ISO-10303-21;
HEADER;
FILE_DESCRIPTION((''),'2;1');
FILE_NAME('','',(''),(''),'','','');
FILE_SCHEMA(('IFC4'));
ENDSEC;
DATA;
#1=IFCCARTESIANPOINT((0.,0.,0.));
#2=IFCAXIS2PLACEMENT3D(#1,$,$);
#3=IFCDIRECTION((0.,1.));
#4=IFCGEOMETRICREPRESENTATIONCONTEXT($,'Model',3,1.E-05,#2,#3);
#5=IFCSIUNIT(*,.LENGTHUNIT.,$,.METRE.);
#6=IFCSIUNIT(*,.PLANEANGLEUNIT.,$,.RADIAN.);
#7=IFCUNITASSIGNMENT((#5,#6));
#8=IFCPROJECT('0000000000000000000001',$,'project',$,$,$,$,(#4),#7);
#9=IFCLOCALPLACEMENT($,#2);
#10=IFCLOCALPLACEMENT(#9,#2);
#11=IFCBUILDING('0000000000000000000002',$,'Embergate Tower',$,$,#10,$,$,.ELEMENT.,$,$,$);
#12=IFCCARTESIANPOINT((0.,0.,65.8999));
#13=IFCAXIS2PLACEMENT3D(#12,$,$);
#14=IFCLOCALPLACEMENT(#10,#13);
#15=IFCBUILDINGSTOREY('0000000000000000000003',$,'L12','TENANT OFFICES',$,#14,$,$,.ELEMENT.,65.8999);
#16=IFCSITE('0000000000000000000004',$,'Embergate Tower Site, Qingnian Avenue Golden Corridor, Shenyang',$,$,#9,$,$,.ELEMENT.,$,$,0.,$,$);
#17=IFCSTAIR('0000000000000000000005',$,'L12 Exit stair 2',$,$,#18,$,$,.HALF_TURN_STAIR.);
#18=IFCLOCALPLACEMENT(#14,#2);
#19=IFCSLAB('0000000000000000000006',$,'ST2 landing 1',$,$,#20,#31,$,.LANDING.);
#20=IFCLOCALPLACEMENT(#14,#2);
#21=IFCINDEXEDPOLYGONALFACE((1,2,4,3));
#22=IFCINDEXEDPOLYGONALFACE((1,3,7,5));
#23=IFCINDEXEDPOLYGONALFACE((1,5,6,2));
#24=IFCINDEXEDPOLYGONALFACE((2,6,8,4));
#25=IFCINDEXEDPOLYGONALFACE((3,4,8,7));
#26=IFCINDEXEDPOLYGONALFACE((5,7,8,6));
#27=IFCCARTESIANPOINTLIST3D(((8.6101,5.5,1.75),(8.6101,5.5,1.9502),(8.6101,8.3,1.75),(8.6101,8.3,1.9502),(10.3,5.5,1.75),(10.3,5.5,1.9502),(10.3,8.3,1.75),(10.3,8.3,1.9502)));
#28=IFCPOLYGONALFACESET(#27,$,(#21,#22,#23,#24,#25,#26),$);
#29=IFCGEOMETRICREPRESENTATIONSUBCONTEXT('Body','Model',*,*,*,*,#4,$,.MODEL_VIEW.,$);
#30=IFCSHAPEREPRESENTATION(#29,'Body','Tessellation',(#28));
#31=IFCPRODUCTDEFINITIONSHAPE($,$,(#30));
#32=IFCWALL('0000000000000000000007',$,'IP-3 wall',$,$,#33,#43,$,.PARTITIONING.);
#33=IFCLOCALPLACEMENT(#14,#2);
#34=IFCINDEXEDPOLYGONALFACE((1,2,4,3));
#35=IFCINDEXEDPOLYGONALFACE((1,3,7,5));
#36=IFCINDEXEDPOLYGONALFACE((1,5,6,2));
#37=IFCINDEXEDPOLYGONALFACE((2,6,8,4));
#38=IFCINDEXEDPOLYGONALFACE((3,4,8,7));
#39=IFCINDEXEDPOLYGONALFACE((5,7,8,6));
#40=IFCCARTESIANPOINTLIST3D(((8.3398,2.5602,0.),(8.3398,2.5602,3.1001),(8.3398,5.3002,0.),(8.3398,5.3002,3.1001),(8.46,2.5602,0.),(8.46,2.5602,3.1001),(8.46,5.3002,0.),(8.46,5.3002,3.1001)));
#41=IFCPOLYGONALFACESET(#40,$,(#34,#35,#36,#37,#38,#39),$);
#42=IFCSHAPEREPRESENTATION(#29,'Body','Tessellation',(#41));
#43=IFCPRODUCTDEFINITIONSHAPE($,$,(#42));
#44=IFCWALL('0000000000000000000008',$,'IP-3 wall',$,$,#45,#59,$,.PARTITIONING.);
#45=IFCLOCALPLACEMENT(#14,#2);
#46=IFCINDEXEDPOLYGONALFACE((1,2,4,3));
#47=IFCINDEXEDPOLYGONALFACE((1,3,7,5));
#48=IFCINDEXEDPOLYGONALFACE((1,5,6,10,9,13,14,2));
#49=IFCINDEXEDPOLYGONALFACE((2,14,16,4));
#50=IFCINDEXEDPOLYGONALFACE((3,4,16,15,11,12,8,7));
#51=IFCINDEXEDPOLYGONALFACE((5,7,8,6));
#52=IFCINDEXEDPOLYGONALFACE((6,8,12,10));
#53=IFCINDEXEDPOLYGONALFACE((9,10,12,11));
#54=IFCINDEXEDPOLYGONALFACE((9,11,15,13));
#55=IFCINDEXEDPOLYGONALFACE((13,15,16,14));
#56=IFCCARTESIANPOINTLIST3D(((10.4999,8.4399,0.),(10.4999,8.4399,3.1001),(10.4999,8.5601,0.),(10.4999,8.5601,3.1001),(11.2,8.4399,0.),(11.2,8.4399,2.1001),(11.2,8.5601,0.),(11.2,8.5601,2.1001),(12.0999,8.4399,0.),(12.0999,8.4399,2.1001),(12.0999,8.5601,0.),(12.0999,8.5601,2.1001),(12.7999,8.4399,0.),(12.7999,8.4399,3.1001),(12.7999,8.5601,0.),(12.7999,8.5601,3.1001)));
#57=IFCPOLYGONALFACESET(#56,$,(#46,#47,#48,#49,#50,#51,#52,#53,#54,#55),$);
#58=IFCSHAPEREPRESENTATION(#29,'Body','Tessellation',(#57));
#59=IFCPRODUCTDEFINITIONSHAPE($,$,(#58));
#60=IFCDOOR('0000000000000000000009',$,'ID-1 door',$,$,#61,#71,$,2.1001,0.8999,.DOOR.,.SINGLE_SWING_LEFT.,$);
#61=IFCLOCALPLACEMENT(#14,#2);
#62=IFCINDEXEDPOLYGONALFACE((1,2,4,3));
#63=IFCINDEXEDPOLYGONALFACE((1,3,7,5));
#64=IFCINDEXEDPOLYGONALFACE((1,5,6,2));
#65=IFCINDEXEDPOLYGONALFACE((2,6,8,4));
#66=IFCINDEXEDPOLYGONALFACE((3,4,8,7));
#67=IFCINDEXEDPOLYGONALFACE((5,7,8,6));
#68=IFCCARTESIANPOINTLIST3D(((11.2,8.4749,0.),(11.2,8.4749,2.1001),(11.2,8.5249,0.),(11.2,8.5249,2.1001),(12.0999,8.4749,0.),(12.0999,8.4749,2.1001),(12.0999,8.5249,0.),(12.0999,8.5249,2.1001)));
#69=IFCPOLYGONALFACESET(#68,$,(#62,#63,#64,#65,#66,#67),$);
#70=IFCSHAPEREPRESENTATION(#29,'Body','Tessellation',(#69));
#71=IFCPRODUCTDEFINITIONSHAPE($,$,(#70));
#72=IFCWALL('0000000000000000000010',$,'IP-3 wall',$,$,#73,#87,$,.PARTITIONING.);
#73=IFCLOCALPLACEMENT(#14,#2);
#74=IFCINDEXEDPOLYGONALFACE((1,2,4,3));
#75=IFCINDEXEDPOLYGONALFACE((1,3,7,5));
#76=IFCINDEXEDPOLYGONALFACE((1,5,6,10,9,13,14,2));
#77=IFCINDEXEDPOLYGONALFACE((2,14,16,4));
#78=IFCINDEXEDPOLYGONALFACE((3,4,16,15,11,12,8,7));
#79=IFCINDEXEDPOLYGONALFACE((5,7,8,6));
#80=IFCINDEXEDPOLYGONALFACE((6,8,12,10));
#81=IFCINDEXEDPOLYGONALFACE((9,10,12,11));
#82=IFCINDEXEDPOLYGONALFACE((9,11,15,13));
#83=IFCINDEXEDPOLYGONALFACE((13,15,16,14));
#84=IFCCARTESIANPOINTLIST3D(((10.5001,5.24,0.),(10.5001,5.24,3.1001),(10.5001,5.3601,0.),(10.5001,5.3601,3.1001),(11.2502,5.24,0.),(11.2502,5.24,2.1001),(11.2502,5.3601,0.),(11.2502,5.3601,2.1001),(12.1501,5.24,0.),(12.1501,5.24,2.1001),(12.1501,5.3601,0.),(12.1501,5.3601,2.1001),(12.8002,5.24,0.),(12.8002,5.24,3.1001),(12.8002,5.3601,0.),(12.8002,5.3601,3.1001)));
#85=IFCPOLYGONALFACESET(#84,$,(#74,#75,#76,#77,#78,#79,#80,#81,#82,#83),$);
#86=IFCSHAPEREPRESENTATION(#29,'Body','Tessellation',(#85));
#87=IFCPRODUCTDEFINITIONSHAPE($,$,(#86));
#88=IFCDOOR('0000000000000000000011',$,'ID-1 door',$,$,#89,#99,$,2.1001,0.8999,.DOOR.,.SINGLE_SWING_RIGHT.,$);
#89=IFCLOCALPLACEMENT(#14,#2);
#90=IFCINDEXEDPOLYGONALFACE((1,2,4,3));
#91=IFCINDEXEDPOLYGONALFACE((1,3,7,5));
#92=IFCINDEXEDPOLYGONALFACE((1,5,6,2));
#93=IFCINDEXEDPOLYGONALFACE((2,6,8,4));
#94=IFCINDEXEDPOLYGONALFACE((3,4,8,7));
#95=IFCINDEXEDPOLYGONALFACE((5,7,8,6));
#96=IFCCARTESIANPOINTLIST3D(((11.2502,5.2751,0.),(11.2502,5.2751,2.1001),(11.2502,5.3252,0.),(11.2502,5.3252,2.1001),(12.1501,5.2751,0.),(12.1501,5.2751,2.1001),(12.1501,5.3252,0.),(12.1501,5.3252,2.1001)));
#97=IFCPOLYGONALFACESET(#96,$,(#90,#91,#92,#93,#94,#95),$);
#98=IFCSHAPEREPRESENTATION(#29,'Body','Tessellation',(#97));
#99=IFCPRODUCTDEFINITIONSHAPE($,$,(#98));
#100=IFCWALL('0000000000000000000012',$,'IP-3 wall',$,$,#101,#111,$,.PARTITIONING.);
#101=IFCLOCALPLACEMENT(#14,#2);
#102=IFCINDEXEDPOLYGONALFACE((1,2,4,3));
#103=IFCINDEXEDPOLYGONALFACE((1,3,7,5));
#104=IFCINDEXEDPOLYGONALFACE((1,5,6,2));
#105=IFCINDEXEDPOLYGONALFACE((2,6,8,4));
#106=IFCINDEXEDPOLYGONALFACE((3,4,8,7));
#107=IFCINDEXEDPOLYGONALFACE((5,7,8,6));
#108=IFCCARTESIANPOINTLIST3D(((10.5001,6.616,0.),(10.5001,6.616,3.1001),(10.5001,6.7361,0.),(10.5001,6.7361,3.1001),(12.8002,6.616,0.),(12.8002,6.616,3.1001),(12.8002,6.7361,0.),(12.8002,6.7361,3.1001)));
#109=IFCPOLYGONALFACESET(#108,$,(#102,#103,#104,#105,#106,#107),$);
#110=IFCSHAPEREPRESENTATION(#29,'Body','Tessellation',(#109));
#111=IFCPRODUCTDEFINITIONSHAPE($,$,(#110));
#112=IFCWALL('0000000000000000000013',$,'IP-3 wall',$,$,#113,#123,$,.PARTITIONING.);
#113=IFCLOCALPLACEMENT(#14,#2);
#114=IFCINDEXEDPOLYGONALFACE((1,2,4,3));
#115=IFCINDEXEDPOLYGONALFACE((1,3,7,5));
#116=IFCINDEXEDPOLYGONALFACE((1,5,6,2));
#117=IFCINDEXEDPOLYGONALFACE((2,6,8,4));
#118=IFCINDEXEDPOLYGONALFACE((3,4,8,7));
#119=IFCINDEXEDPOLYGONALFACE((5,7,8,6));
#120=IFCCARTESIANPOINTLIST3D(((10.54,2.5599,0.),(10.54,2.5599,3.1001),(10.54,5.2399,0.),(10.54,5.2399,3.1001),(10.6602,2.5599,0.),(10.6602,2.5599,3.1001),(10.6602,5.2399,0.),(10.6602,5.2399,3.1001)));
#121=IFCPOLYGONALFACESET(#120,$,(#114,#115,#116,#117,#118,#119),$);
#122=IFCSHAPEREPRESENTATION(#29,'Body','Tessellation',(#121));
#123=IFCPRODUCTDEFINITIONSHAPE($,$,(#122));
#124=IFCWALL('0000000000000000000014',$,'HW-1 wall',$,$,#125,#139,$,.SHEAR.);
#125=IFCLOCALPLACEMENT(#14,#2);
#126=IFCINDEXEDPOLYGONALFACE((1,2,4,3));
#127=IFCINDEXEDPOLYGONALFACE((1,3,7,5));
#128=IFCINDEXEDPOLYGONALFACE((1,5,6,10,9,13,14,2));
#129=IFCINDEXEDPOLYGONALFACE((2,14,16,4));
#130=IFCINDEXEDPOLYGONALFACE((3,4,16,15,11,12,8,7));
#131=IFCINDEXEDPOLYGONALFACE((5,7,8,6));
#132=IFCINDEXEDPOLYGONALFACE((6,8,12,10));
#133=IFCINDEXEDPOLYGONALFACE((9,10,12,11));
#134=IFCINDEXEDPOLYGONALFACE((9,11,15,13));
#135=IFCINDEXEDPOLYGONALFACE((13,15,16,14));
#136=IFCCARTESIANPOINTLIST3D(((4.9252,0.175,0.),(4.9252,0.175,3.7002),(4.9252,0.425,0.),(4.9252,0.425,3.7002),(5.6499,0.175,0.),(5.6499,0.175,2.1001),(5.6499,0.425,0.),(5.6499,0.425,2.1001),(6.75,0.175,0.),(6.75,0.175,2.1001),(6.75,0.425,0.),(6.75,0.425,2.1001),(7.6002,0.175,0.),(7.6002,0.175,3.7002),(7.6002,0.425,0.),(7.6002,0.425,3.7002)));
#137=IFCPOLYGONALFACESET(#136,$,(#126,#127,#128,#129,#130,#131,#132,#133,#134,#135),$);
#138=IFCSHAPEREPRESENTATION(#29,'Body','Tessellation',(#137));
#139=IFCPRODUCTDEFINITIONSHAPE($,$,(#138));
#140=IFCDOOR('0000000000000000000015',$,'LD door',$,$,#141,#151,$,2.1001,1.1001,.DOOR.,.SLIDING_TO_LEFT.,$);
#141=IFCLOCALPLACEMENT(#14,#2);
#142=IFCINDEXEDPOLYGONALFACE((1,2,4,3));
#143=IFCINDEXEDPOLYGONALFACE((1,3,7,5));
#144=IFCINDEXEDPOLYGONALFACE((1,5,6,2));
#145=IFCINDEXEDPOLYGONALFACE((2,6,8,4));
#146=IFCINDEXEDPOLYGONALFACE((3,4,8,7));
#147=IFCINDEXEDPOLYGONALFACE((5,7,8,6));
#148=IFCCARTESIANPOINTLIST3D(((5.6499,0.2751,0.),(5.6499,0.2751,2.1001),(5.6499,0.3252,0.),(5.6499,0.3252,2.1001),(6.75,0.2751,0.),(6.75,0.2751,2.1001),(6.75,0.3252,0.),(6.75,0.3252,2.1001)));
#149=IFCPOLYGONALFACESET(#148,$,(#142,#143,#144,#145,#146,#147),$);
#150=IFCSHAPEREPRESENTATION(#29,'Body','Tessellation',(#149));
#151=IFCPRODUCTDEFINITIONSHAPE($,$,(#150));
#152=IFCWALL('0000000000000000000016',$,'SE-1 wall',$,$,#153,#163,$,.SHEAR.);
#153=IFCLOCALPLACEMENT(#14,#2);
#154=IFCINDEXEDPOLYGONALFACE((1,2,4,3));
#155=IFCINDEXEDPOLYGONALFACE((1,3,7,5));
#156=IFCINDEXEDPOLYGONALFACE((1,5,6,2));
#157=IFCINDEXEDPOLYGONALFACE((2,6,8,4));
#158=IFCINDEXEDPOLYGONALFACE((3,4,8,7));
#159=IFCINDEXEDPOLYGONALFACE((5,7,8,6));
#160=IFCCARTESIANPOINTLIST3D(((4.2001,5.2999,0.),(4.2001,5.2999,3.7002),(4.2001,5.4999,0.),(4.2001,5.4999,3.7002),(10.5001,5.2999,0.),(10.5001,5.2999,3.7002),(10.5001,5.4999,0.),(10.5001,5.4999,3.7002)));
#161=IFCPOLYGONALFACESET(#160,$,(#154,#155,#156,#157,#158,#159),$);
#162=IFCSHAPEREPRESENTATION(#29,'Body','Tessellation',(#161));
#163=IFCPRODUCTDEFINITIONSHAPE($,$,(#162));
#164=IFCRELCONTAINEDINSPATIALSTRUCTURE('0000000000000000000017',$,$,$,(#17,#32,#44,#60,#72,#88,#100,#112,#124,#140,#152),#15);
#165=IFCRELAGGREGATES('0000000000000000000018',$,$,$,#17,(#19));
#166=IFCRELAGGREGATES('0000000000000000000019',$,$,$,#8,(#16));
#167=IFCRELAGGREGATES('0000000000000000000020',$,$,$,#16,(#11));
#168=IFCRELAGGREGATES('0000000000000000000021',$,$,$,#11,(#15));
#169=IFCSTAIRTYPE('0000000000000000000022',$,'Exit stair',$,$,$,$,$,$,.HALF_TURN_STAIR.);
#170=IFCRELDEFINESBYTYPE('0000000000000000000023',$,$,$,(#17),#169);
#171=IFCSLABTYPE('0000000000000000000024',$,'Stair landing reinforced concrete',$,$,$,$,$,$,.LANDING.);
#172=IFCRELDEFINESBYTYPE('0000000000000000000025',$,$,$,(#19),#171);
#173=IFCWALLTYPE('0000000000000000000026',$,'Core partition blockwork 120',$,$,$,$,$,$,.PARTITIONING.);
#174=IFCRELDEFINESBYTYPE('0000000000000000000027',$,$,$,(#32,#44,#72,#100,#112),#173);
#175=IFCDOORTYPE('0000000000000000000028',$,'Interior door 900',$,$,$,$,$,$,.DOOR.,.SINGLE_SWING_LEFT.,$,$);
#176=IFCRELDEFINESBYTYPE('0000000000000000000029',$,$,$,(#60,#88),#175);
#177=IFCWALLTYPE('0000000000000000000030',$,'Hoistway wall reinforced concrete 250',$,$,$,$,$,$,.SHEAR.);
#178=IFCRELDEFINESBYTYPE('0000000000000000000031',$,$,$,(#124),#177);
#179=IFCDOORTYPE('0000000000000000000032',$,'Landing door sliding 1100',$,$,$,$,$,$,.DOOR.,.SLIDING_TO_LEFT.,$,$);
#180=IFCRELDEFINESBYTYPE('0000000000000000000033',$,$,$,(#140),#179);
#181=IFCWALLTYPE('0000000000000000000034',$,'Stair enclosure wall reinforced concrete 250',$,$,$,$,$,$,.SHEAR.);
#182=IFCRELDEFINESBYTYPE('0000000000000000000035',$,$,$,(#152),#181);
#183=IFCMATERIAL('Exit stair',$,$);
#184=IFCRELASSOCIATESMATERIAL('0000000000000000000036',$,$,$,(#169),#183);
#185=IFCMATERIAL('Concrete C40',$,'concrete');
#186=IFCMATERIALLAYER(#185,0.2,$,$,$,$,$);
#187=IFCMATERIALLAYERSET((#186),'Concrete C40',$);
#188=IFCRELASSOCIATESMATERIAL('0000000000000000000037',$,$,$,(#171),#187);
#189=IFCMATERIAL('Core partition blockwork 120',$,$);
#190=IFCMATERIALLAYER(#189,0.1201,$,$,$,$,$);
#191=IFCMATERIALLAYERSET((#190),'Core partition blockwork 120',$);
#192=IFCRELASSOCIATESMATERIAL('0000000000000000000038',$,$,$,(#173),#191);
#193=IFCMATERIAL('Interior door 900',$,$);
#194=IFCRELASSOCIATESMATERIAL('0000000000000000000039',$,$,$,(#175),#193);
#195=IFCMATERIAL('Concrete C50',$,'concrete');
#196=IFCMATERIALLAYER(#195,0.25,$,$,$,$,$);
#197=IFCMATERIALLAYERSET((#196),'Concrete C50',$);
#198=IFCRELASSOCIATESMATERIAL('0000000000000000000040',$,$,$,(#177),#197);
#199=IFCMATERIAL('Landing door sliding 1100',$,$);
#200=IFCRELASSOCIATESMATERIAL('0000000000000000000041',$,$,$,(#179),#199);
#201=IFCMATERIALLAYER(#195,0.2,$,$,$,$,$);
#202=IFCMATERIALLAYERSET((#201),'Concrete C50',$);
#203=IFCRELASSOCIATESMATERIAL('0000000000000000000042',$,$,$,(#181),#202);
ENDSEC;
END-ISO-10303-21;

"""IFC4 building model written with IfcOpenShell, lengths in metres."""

from ifc_helpers import new_model, si_unit, direction, frame, frame_2d, origin, place, context, subcontext, project, spatial, polyline, rectangle, outline, extrude, source, transform, mapped, material, layer, layer_set, type_object, element, fill, aggregate, save


model = new_model("IFC4")

# Units and contexts
model_context = context("Model", 3, precision=1e-05, world=origin(), true_north=direction((0.0, 1.0)))
body_context = subcontext(model_context, "Body", "Model", "MODEL_VIEW")
ifc_project = project(units=[si_unit("LENGTHUNIT", "METRE"), si_unit("PLANEANGLEUNIT", "RADIAN")], contexts=[model_context])

# Site, building, storey
site_placement = place(None, origin())
site = spatial("IfcSite", under=ifc_project, at=site_placement, Name="Embergate Tower Site, Qingnian Avenue Golden Corridor, Shenyang", CompositionType="ELEMENT", RefElevation=0.0)
building_placement = place(site_placement, origin())
building = spatial("IfcBuilding", under=site, at=building_placement, Name="Embergate Tower", CompositionType="ELEMENT")
storey_placement = place(building_placement, frame((0.0, 0.0, 65.8999)))
storey = spatial("IfcBuildingStorey", under=building, at=storey_placement, Name="L12", Description="TENANT OFFICES", CompositionType="ELEMENT", Elevation=65.8999)

# Stair, slab
ifc_material_1 = material(Name="Exit stair")
stair_type = type_object("IfcStairType", Name="Exit stair", PredefinedType="HALF_TURN_STAIR", material=ifc_material_1)
stair_placement = place(storey_placement, origin())
stair = element("IfcStair", 1, at=stair_placement, inside=storey, type_object=stair_type, Name="L12 Exit stair 2", PredefinedType="HALF_TURN_STAIR")
ifc_material_2 = material(Name="Concrete C40", Category="concrete")
ifc_layer_1 = layer(ifc_material_2, 0.2)
ifc_layer_set_1 = layer_set([ifc_layer_1], Name="Concrete C40")
slab_type = type_object("IfcSlabType", Name="Stair landing reinforced concrete", PredefinedType="LANDING", material=ifc_layer_set_1)
shared_shape_1 = source(origin(), body_context, "Body", "SweptSolid", [
    extrude(outline(polyline([(0.0, 0.0), (1.6899, 0.0), (1.6899, 2.8), (0.0, 2.8), (0.0, 0.0)])), origin(), (0.0, 0.0, 1.0), 0.2002),
])
slab_placement = place(storey_placement, frame((8.6101, 5.5, 1.75)))
slab = element("IfcSlab", 2, at=slab_placement, type_object=slab_type, Name="ST2 landing 1", PredefinedType="LANDING", context=body_context, shape_type="MappedRepresentation", body=[
    mapped(shared_shape_1, transform((0.0, 0.0, 0.0))),
])

# Wall
ifc_material_3 = material(Name="Core partition blockwork 120")
ifc_layer_2 = layer(ifc_material_3, 0.1201)
ifc_layer_set_2 = layer_set([ifc_layer_2], Name="Core partition blockwork 120")
wall_type_1 = type_object("IfcWallType", Name="Core partition blockwork 120", PredefinedType="PARTITIONING", material=ifc_layer_set_2)
shared_shape_2 = source(origin(), body_context, "Body", "SweptSolid", [
    extrude(rectangle(XDim=2.74, YDim=0.1201, at=frame_2d((1.3701, 0.0))), origin(), (0.0, 0.0, 1.0), 3.1001),
])
wall_1_placement = place(storey_placement, frame((8.3999, 2.5601, 0.0), z_axis=(0.0, 0.0, 1.0), x_axis=(0.0, 1.0, 0.0)))
element("IfcWall", 3, at=wall_1_placement, inside=storey, type_object=wall_type_1, Name="IP-3 wall", PredefinedType="PARTITIONING", context=body_context, shape_type="MappedRepresentation", body=[
    mapped(shared_shape_2, transform((0.0, 0.0, 0.0))),
])

# Walls, openings, doors
shared_shape_3 = source(origin(), body_context, "Body", "SweptSolid", [
    extrude(rectangle(XDim=2.3, YDim=0.1201, at=frame_2d((1.1499, 0.0))), origin(), (0.0, 0.0, 1.0), 3.1001),
])
wall_2_placement = place(storey_placement, frame((10.5, 8.5, 0.0), z_axis=(0.0, 0.0, 1.0), x_axis=(1.0, 0.0, 0.0)))
wall_2 = element("IfcWall", 4, at=wall_2_placement, inside=storey, type_object=wall_type_1, Name="IP-3 wall", PredefinedType="PARTITIONING", context=body_context, shape_type="MappedRepresentation", body=[
    mapped(shared_shape_3, transform((0.0, 0.0, 0.0))),
])
shared_shape_4 = source(origin(), body_context, "Body", "SweptSolid", [
    extrude(rectangle(XDim=0.8999, YDim=2.1001, at=frame_2d((0.45, 1.05))), frame((0.0, 0.0701, 0.0), z_axis=(0.0, -1.0, 0.0), x_axis=(1.0, 0.0, 0.0)), (0.0, 0.0, 1.0), 0.1401),
])
opening_1_placement = place(wall_2_placement, frame((0.7, 0.0, 0.0)))
opening_1 = element("IfcOpeningElement", 5, at=opening_1_placement, cuts=wall_2, PredefinedType="OPENING", context=body_context, shape_type="MappedRepresentation", body=[
    mapped(shared_shape_4, transform((0.0, 0.0, 0.0))),
])
ifc_material_4 = material(Name="Interior door 900")
door_type_1 = type_object("IfcDoorType", Name="Interior door 900", OperationType="SINGLE_SWING_LEFT", PredefinedType="DOOR", material=ifc_material_4)
shared_shape_5 = source(origin(), body_context, "Body", "SweptSolid", [
    extrude(rectangle(XDim=0.8999, YDim=2.1001, at=frame_2d((0.45, 1.05))), frame((0.0, 0.0249, 0.0), z_axis=(0.0, -1.0, 0.0), x_axis=(1.0, 0.0, 0.0)), (0.0, 0.0, 1.0), 0.05),
])
door_1_placement = place(opening_1_placement, origin())
door_1 = element("IfcDoor", 6, at=door_1_placement, inside=storey, type_object=door_type_1, Name="ID-1 door", OperationType="SINGLE_SWING_LEFT", OverallHeight=2.1001, OverallWidth=0.8999, PredefinedType="DOOR", context=body_context, shape_type="MappedRepresentation", body=[
    mapped(shared_shape_5, transform((0.0, 0.0, 0.0))),
])
fill(opening_1, door_1)
wall_3_placement = place(storey_placement, frame((12.8, 5.3, 0.0), z_axis=(0.0, 0.0, 1.0), x_axis=(-1.0, 0.0, 0.0)))
wall_3 = element("IfcWall", 7, at=wall_3_placement, inside=storey, type_object=wall_type_1, Name="IP-3 wall", PredefinedType="PARTITIONING", context=body_context, shape_type="MappedRepresentation", body=[
    mapped(shared_shape_3, transform((0.0, 0.0, 0.0))),
])
opening_2_placement = place(wall_3_placement, frame((0.6499, 0.0, 0.0)))
opening_2 = element("IfcOpeningElement", 8, at=opening_2_placement, cuts=wall_3, PredefinedType="OPENING", context=body_context, shape_type="MappedRepresentation", body=[
    mapped(shared_shape_4, transform((0.0, 0.0, 0.0))),
])
door_2_placement = place(opening_2_placement, origin())
door_2 = element("IfcDoor", 9, at=door_2_placement, inside=storey, type_object=door_type_1, Name="ID-1 door", OperationType="SINGLE_SWING_RIGHT", OverallHeight=2.1001, OverallWidth=0.8999, PredefinedType="DOOR", context=body_context, shape_type="MappedRepresentation", body=[
    mapped(shared_shape_5, transform((0.0, 0.0, 0.0))),
])
fill(opening_2, door_2)

# Walls
wall_4_placement = place(storey_placement, frame((12.8, 6.676, 0.0), z_axis=(0.0, 0.0, 1.0), x_axis=(-1.0, 0.0, 0.0)))
element("IfcWall", 10, at=wall_4_placement, inside=storey, type_object=wall_type_1, Name="IP-3 wall", PredefinedType="PARTITIONING", context=body_context, shape_type="MappedRepresentation", body=[
    mapped(shared_shape_3, transform((0.0, 0.0, 0.0))),
])
shared_shape_6 = source(origin(), body_context, "Body", "SweptSolid", [
    extrude(rectangle(XDim=2.6799, YDim=0.1201, at=frame_2d((1.3398, 0.0))), origin(), (0.0, 0.0, 1.0), 3.1001),
])
wall_5_placement = place(storey_placement, frame((10.6001, 2.5601, 0.0), z_axis=(0.0, 0.0, 1.0), x_axis=(0.0, 1.0, 0.0)))
element("IfcWall", 11, at=wall_5_placement, inside=storey, type_object=wall_type_1, Name="IP-3 wall", PredefinedType="PARTITIONING", context=body_context, shape_type="MappedRepresentation", body=[
    mapped(shared_shape_6, transform((0.0, 0.0, 0.0))),
])

# Wall, opening, door
ifc_material_5 = material(Name="Concrete C50", Category="concrete")
ifc_layer_3 = layer(ifc_material_5, 0.25)
ifc_layer_set_3 = layer_set([ifc_layer_3], Name="Concrete C50")
wall_type_2 = type_object("IfcWallType", Name="Hoistway wall reinforced concrete 250", PredefinedType="SHEAR", material=ifc_layer_set_3)
shared_shape_7 = source(origin(), body_context, "Body", "SweptSolid", [
    extrude(rectangle(XDim=2.675, YDim=0.25, at=frame_2d((1.3374, 0.0))), origin(), (0.0, 0.0, 1.0), 3.7002),
])
wall_6_placement = place(storey_placement, frame((7.6001, 0.3, 0.0), z_axis=(0.0, 0.0, 1.0), x_axis=(-1.0, 0.0, 0.0)))
wall_6 = element("IfcWall", 12, at=wall_6_placement, inside=storey, type_object=wall_type_2, Name="HW-1 wall", PredefinedType="SHEAR", context=body_context, shape_type="MappedRepresentation", body=[
    mapped(shared_shape_7, transform((0.0, 0.0, 0.0))),
])
shared_shape_8 = source(origin(), body_context, "Body", "SweptSolid", [
    extrude(rectangle(XDim=1.1001, YDim=2.1001, at=frame_2d((0.55, 1.05))), frame((0.0, 0.135, 0.0), z_axis=(0.0, -1.0, 0.0), x_axis=(1.0, 0.0, 0.0)), (0.0, 0.0, 1.0), 0.27),
])
opening_3_placement = place(wall_6_placement, frame((0.8501, 0.0, 0.0)))
opening_3 = element("IfcOpeningElement", 13, at=opening_3_placement, cuts=wall_6, PredefinedType="OPENING", context=body_context, shape_type="MappedRepresentation", body=[
    mapped(shared_shape_8, transform((0.0, 0.0, 0.0))),
])
ifc_material_6 = material(Name="Landing door sliding 1100")
door_type_2 = type_object("IfcDoorType", Name="Landing door sliding 1100", OperationType="SLIDING_TO_LEFT", PredefinedType="DOOR", material=ifc_material_6)
shared_shape_9 = source(origin(), body_context, "Body", "SweptSolid", [
    extrude(rectangle(XDim=1.1001, YDim=2.1001, at=frame_2d((0.55, 1.05))), frame((0.0, 0.0249, 0.0), z_axis=(0.0, -1.0, 0.0), x_axis=(1.0, 0.0, 0.0)), (0.0, 0.0, 1.0), 0.05),
])
door_3_placement = place(opening_3_placement, origin())
door_3 = element("IfcDoor", 14, at=door_3_placement, inside=storey, type_object=door_type_2, Name="LD door", OperationType="SLIDING_TO_LEFT", OverallHeight=2.1001, OverallWidth=1.1001, PredefinedType="DOOR", context=body_context, shape_type="MappedRepresentation", body=[
    mapped(shared_shape_9, transform((0.0, 0.0, 0.0))),
])
fill(opening_3, door_3)

# Wall
ifc_layer_4 = layer(ifc_material_5, 0.2)
ifc_layer_set_4 = layer_set([ifc_layer_4], Name="Concrete C50")
wall_type_3 = type_object("IfcWallType", Name="Stair enclosure wall reinforced concrete 250", PredefinedType="SHEAR", material=ifc_layer_set_4)
shared_shape_10 = source(origin(), body_context, "Body", "SweptSolid", [
    extrude(rectangle(XDim=6.3, YDim=0.2, at=frame_2d((3.1499, 0.0))), origin(), (0.0, 0.0, 1.0), 3.7002),
])
for number, where, z_axis, x_axis, name in (
    (15, (10.5, 5.3999, 0.0), (0.0, 0.0, 1.0), (-1.0, 0.0, 0.0), "SE-1 wall"),
):
    element("IfcWall", number, at=place(storey_placement, frame(where, z_axis=z_axis, x_axis=x_axis)), inside=storey, type_object=wall_type_3, Name=name, PredefinedType="SHEAR", context=body_context, shape_type="MappedRepresentation", body=[
        mapped(shared_shape_10, transform((0.0, 0.0, 0.0))),
    ])

aggregate(stair, [slab])

save(model, "model.ifc")
